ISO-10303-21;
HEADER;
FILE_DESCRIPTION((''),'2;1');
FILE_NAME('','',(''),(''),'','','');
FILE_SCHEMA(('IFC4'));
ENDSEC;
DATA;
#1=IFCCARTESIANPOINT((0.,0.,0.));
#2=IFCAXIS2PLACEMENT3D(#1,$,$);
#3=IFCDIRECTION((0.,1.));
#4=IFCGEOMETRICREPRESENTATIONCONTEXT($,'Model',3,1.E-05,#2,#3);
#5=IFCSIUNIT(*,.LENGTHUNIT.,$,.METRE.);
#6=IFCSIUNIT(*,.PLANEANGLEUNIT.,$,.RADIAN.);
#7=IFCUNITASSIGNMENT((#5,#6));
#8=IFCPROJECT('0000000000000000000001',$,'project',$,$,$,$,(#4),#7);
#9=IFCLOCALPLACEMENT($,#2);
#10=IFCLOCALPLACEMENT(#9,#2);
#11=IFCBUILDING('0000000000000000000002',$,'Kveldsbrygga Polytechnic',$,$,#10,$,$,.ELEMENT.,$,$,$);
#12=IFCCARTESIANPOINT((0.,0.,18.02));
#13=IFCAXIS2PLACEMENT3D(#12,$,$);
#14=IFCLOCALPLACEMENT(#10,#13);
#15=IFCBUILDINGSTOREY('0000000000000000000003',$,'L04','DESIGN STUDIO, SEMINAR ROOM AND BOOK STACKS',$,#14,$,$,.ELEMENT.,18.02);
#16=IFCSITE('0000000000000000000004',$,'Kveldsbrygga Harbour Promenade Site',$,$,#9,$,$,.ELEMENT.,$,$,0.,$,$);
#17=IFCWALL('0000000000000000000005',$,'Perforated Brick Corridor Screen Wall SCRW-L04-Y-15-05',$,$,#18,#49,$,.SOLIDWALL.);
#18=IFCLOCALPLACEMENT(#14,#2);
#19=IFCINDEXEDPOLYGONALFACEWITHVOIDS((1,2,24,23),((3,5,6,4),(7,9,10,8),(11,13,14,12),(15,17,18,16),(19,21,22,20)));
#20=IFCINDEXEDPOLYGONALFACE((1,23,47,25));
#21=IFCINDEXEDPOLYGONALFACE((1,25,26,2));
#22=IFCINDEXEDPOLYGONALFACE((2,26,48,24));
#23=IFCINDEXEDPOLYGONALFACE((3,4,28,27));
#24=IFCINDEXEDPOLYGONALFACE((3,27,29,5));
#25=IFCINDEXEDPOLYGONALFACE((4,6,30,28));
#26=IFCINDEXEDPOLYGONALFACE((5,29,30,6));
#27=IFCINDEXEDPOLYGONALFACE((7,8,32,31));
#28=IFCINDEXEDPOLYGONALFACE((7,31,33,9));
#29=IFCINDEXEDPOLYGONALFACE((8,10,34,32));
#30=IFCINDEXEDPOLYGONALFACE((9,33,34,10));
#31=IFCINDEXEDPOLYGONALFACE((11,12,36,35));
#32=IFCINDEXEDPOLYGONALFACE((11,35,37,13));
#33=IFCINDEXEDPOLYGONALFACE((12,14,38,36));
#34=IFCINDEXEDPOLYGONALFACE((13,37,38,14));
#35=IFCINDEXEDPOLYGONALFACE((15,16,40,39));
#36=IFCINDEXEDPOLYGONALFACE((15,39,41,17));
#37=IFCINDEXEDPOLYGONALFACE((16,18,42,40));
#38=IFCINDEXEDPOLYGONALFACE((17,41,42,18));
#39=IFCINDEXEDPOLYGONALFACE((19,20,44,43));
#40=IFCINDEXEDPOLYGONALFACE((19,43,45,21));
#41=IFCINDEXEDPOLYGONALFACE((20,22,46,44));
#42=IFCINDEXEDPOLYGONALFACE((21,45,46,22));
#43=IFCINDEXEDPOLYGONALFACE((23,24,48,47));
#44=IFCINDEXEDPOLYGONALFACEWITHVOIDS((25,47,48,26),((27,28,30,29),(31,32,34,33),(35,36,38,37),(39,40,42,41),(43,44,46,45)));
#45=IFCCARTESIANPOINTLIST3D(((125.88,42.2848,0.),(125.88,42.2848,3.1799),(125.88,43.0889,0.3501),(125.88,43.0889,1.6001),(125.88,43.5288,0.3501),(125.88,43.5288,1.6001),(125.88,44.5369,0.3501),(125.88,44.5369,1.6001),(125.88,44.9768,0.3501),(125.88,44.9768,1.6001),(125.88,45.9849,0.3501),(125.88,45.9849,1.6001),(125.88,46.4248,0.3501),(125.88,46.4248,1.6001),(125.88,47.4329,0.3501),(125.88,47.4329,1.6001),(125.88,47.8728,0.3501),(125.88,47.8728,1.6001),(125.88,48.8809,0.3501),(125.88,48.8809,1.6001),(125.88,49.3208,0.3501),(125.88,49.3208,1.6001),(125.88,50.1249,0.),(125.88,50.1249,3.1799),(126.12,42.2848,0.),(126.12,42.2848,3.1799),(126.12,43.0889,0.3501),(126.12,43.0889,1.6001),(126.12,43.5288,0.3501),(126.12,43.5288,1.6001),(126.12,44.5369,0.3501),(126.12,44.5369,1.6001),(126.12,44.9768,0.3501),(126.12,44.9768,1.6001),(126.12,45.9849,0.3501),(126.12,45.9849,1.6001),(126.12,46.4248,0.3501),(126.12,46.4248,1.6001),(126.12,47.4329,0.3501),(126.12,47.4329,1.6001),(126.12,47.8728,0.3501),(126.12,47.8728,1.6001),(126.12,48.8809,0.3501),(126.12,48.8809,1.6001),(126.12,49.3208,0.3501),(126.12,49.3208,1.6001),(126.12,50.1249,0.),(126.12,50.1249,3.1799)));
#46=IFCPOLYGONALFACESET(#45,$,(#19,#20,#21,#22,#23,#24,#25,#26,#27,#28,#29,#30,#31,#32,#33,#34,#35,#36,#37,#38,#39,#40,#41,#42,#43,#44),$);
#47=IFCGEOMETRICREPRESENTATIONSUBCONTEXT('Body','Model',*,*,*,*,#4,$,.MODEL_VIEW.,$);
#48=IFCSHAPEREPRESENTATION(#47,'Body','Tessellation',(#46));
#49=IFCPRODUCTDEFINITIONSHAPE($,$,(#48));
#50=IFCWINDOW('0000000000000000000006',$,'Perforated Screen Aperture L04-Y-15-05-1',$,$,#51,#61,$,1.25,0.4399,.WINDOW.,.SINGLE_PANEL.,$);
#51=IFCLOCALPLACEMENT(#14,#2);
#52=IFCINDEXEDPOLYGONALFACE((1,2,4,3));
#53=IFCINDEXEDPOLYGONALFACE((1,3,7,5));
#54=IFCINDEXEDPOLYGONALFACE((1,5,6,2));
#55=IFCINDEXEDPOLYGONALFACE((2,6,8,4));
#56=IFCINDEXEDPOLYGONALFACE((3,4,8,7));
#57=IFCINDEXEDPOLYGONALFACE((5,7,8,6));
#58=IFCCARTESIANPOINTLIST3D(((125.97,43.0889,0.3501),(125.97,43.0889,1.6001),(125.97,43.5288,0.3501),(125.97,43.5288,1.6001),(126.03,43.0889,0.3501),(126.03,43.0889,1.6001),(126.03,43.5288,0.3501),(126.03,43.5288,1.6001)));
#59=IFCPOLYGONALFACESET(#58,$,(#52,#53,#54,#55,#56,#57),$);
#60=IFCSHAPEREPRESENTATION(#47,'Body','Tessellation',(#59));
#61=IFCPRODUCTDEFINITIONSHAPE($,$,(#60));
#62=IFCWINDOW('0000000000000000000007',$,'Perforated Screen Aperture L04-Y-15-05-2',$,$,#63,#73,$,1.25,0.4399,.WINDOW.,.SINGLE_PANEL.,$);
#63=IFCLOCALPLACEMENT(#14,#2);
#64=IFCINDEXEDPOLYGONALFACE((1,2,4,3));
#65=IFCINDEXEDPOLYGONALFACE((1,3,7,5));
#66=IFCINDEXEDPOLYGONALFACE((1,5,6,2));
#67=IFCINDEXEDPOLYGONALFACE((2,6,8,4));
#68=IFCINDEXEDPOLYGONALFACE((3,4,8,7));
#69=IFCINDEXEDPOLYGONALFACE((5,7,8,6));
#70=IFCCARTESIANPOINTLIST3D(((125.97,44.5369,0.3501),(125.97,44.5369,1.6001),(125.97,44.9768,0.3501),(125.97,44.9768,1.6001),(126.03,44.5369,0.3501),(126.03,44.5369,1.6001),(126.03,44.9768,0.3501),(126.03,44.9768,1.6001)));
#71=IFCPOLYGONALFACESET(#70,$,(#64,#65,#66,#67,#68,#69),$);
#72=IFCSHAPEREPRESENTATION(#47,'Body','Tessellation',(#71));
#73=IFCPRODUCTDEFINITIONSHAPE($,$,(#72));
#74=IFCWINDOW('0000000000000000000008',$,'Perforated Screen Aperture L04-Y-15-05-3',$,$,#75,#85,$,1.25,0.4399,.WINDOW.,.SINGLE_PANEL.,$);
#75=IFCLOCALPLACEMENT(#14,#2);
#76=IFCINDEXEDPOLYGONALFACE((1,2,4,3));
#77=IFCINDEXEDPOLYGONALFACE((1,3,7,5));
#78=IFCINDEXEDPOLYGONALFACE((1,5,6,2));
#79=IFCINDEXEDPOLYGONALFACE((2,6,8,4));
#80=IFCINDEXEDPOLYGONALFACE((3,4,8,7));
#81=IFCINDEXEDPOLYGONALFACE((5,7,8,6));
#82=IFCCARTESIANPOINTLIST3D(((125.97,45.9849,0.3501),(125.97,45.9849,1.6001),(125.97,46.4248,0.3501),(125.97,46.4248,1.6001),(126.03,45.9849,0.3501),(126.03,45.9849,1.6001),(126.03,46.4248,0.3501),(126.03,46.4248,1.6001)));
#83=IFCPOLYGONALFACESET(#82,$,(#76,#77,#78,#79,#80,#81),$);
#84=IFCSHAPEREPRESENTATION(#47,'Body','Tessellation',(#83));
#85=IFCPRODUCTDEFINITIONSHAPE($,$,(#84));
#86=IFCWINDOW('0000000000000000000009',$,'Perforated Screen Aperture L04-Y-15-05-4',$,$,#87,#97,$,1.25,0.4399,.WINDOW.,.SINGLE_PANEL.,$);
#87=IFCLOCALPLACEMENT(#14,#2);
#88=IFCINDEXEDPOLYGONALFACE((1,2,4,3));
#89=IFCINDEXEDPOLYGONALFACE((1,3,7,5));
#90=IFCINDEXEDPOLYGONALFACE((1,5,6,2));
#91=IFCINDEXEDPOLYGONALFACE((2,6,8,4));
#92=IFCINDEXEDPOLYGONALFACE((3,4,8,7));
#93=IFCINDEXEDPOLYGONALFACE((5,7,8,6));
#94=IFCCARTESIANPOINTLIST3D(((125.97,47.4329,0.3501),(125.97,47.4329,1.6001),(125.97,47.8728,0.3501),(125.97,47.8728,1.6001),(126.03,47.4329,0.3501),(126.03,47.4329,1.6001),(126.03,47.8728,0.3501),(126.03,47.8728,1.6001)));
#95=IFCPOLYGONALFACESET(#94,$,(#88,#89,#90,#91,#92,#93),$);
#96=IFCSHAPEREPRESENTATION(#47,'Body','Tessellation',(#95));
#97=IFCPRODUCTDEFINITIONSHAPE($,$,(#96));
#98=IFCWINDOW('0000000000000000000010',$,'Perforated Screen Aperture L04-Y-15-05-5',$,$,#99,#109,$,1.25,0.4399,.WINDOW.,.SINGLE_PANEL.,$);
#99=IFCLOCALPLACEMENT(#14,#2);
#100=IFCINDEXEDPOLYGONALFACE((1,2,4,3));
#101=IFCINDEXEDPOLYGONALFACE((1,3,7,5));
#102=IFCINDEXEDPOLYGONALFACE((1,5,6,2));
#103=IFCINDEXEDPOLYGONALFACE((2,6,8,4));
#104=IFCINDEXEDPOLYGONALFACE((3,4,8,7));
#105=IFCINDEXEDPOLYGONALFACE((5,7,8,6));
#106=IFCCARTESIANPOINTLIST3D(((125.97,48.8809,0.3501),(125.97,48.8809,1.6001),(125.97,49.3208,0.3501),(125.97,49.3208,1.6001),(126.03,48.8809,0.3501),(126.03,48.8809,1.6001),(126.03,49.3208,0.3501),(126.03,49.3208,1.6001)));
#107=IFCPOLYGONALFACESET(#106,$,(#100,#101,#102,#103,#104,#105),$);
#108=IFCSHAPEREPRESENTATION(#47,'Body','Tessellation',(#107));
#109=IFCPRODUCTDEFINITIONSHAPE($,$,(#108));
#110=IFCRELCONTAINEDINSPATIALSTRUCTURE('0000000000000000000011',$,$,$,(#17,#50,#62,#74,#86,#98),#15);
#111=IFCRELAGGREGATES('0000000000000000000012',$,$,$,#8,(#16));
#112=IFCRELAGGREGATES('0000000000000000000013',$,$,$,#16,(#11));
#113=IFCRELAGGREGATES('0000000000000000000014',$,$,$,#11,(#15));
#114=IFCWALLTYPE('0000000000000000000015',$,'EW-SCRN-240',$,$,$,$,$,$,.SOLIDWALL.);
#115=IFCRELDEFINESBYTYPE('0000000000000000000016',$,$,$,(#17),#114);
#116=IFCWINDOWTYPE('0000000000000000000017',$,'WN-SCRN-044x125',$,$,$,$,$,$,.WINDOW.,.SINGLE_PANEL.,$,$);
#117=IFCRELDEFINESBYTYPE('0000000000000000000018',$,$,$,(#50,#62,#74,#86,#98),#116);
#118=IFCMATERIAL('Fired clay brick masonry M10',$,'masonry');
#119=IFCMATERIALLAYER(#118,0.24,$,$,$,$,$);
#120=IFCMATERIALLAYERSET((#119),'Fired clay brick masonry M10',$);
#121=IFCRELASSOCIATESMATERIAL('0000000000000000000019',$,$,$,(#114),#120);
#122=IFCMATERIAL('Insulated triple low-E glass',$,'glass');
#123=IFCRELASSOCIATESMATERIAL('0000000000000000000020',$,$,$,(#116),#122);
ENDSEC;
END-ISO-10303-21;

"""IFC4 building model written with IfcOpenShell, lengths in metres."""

from ifc_helpers import new_model, si_unit, direction, frame, frame_2d, origin, place, context, subcontext, project, spatial, rectangle, extrude, material, layer, layer_set, type_object, element, fill, save


model = new_model("IFC4")

# Units and contexts
model_context = context("Model", 3, precision=1e-05, world=origin(), true_north=direction((0.0, 1.0)))
body_context = subcontext(model_context, "Body", "Model", "MODEL_VIEW")
ifc_project = project(units=[si_unit("LENGTHUNIT", "METRE"), si_unit("PLANEANGLEUNIT", "RADIAN")], contexts=[model_context])

# Site, building, storey
site_placement = place(None, origin())
site = spatial("IfcSite", under=ifc_project, at=site_placement, Name="Kveldsbrygga Harbour Promenade Site", CompositionType="ELEMENT", RefElevation=0.0)
building_placement = place(site_placement, origin())
building = spatial("IfcBuilding", under=site, at=building_placement, Name="Kveldsbrygga Polytechnic", CompositionType="ELEMENT")
storey_placement = place(building_placement, frame((0.0, 0.0, 18.02)))
storey = spatial("IfcBuildingStorey", under=building, at=storey_placement, Name="L04", Description="DESIGN STUDIO, SEMINAR ROOM AND BOOK STACKS", CompositionType="ELEMENT", Elevation=18.02)

# Shared definitions
ifc_material_1 = material(Name="Insulated triple low-E glass", Category="glass")

# Wall, openings, windows
ifc_material_2 = material(Name="Fired clay brick masonry M10", Category="masonry")
ifc_layer_1 = layer(ifc_material_2, 0.24)
ifc_layer_set_1 = layer_set([ifc_layer_1], Name="Fired clay brick masonry M10")
wall_type = type_object("IfcWallType", Name="EW-SCRN-240", PredefinedType="SOLIDWALL", material=ifc_layer_set_1)
wall_placement = place(storey_placement, frame((126.0, 42.2849, 0.0), z_axis=(0.0, 0.0, 1.0), x_axis=(0.0, 1.0, 0.0)))
wall = element("IfcWall", 1, at=wall_placement, inside=storey, type_object=wall_type, Name="Perforated Brick Corridor Screen Wall SCRW-L04-Y-15-05", PredefinedType="SOLIDWALL", context=body_context, shape_type="SweptSolid", body=[
    extrude(rectangle(XDim=7.8401, YDim=0.24, at=frame_2d((3.9199, 0.0))), origin(), (0.0, 0.0, 1.0), 3.1799),
])
opening_1_placement = place(wall_placement, frame((0.804, 0.0, 0.3501)))
opening_1 = element("IfcOpeningElement", 2, at=opening_1_placement, cuts=wall, PredefinedType="OPENING", context=body_context, shape_type="SweptSolid", body=[
    extrude(rectangle(XDim=0.4399, YDim=1.25, at=frame_2d((0.22, 0.625))), frame((0.0, 0.1299, 0.0), z_axis=(0.0, -1.0, 0.0), x_axis=(1.0, 0.0, 0.0)), (0.0, 0.0, 1.0), 0.26),
])
opening_2_placement = place(wall_placement, frame((2.252, 0.0, 0.3501)))
opening_2 = element("IfcOpeningElement", 3, at=opening_2_placement, cuts=wall, PredefinedType="OPENING", context=body_context, shape_type="SweptSolid", body=[
    extrude(rectangle(XDim=0.4399, YDim=1.25, at=frame_2d((0.22, 0.625))), frame((0.0, 0.1299, 0.0), z_axis=(0.0, -1.0, 0.0), x_axis=(1.0, 0.0, 0.0)), (0.0, 0.0, 1.0), 0.26),
])
opening_3_placement = place(wall_placement, frame((3.7, 0.0, 0.3501)))
opening_3 = element("IfcOpeningElement", 4, at=opening_3_placement, cuts=wall, PredefinedType="OPENING", context=body_context, shape_type="SweptSolid", body=[
    extrude(rectangle(XDim=0.4399, YDim=1.25, at=frame_2d((0.22, 0.625))), frame((0.0, 0.1299, 0.0), z_axis=(0.0, -1.0, 0.0), x_axis=(1.0, 0.0, 0.0)), (0.0, 0.0, 1.0), 0.26),
])
opening_4_placement = place(wall_placement, frame((5.1479, 0.0, 0.3501)))
opening_4 = element("IfcOpeningElement", 5, at=opening_4_placement, cuts=wall, PredefinedType="OPENING", context=body_context, shape_type="SweptSolid", body=[
    extrude(rectangle(XDim=0.4399, YDim=1.25, at=frame_2d((0.22, 0.625))), frame((0.0, 0.1299, 0.0), z_axis=(0.0, -1.0, 0.0), x_axis=(1.0, 0.0, 0.0)), (0.0, 0.0, 1.0), 0.26),
])
opening_5_placement = place(wall_placement, frame((6.5959, 0.0, 0.3501)))
opening_5 = element("IfcOpeningElement", 6, at=opening_5_placement, cuts=wall, PredefinedType="OPENING", context=body_context, shape_type="SweptSolid", body=[
    extrude(rectangle(XDim=0.4399, YDim=1.25, at=frame_2d((0.22, 0.625))), frame((0.0, 0.1299, 0.0), z_axis=(0.0, -1.0, 0.0), x_axis=(1.0, 0.0, 0.0)), (0.0, 0.0, 1.0), 0.26),
])
window_type = type_object("IfcWindowType", Name="WN-SCRN-044x125", PartitioningType="SINGLE_PANEL", PredefinedType="WINDOW", material=ifc_material_1)
window_1_placement = place(opening_1_placement, origin())
window_1 = element("IfcWindow", 7, at=window_1_placement, inside=storey, type_object=window_type, Name="Perforated Screen Aperture L04-Y-15-05-1", OverallHeight=1.25, OverallWidth=0.4399, PartitioningType="SINGLE_PANEL", PredefinedType="WINDOW", context=body_context, shape_type="SweptSolid", body=[
    extrude(rectangle(XDim=0.4399, YDim=1.25, at=frame_2d((0.22, 0.625))), frame((0.0, 0.03, 0.0), z_axis=(0.0, -1.0, 0.0), x_axis=(1.0, 0.0, 0.0)), (0.0, 0.0, 1.0), 0.0601),
])
fill(opening_1, window_1)
window_2_placement = place(opening_2_placement, origin())
window_2 = element("IfcWindow", 8, at=window_2_placement, inside=storey, type_object=window_type, Name="Perforated Screen Aperture L04-Y-15-05-2", OverallHeight=1.25, OverallWidth=0.4399, PartitioningType="SINGLE_PANEL", PredefinedType="WINDOW", context=body_context, shape_type="SweptSolid", body=[
    extrude(rectangle(XDim=0.4399, YDim=1.25, at=frame_2d((0.22, 0.625))), frame((0.0, 0.03, 0.0), z_axis=(0.0, -1.0, 0.0), x_axis=(1.0, 0.0, 0.0)), (0.0, 0.0, 1.0), 0.0601),
])
fill(opening_2, window_2)
window_3_placement = place(opening_3_placement, origin())
window_3 = element("IfcWindow", 9, at=window_3_placement, inside=storey, type_object=window_type, Name="Perforated Screen Aperture L04-Y-15-05-3", OverallHeight=1.25, OverallWidth=0.4399, PartitioningType="SINGLE_PANEL", PredefinedType="WINDOW", context=body_context, shape_type="SweptSolid", body=[
    extrude(rectangle(XDim=0.4399, YDim=1.25, at=frame_2d((0.22, 0.625))), frame((0.0, 0.03, 0.0), z_axis=(0.0, -1.0, 0.0), x_axis=(1.0, 0.0, 0.0)), (0.0, 0.0, 1.0), 0.0601),
])
fill(opening_3, window_3)
window_4_placement = place(opening_4_placement, origin())
window_4 = element("IfcWindow", 10, at=window_4_placement, inside=storey, type_object=window_type, Name="Perforated Screen Aperture L04-Y-15-05-4", OverallHeight=1.25, OverallWidth=0.4399, PartitioningType="SINGLE_PANEL", PredefinedType="WINDOW", context=body_context, shape_type="SweptSolid", body=[
    extrude(rectangle(XDim=0.4399, YDim=1.25, at=frame_2d((0.22, 0.625))), frame((0.0, 0.03, 0.0), z_axis=(0.0, -1.0, 0.0), x_axis=(1.0, 0.0, 0.0)), (0.0, 0.0, 1.0), 0.0601),
])
fill(opening_4, window_4)
window_5_placement = place(opening_5_placement, origin())
window_5 = element("IfcWindow", 11, at=window_5_placement, inside=storey, type_object=window_type, Name="Perforated Screen Aperture L04-Y-15-05-5", OverallHeight=1.25, OverallWidth=0.4399, PartitioningType="SINGLE_PANEL", PredefinedType="WINDOW", context=body_context, shape_type="SweptSolid", body=[
    extrude(rectangle(XDim=0.4399, YDim=1.25, at=frame_2d((0.22, 0.625))), frame((0.0, 0.03, 0.0), z_axis=(0.0, -1.0, 0.0), x_axis=(1.0, 0.0, 0.0)), (0.0, 0.0, 1.0), 0.0601),
])
fill(opening_5, window_5)

save(model, "model.ifc")
